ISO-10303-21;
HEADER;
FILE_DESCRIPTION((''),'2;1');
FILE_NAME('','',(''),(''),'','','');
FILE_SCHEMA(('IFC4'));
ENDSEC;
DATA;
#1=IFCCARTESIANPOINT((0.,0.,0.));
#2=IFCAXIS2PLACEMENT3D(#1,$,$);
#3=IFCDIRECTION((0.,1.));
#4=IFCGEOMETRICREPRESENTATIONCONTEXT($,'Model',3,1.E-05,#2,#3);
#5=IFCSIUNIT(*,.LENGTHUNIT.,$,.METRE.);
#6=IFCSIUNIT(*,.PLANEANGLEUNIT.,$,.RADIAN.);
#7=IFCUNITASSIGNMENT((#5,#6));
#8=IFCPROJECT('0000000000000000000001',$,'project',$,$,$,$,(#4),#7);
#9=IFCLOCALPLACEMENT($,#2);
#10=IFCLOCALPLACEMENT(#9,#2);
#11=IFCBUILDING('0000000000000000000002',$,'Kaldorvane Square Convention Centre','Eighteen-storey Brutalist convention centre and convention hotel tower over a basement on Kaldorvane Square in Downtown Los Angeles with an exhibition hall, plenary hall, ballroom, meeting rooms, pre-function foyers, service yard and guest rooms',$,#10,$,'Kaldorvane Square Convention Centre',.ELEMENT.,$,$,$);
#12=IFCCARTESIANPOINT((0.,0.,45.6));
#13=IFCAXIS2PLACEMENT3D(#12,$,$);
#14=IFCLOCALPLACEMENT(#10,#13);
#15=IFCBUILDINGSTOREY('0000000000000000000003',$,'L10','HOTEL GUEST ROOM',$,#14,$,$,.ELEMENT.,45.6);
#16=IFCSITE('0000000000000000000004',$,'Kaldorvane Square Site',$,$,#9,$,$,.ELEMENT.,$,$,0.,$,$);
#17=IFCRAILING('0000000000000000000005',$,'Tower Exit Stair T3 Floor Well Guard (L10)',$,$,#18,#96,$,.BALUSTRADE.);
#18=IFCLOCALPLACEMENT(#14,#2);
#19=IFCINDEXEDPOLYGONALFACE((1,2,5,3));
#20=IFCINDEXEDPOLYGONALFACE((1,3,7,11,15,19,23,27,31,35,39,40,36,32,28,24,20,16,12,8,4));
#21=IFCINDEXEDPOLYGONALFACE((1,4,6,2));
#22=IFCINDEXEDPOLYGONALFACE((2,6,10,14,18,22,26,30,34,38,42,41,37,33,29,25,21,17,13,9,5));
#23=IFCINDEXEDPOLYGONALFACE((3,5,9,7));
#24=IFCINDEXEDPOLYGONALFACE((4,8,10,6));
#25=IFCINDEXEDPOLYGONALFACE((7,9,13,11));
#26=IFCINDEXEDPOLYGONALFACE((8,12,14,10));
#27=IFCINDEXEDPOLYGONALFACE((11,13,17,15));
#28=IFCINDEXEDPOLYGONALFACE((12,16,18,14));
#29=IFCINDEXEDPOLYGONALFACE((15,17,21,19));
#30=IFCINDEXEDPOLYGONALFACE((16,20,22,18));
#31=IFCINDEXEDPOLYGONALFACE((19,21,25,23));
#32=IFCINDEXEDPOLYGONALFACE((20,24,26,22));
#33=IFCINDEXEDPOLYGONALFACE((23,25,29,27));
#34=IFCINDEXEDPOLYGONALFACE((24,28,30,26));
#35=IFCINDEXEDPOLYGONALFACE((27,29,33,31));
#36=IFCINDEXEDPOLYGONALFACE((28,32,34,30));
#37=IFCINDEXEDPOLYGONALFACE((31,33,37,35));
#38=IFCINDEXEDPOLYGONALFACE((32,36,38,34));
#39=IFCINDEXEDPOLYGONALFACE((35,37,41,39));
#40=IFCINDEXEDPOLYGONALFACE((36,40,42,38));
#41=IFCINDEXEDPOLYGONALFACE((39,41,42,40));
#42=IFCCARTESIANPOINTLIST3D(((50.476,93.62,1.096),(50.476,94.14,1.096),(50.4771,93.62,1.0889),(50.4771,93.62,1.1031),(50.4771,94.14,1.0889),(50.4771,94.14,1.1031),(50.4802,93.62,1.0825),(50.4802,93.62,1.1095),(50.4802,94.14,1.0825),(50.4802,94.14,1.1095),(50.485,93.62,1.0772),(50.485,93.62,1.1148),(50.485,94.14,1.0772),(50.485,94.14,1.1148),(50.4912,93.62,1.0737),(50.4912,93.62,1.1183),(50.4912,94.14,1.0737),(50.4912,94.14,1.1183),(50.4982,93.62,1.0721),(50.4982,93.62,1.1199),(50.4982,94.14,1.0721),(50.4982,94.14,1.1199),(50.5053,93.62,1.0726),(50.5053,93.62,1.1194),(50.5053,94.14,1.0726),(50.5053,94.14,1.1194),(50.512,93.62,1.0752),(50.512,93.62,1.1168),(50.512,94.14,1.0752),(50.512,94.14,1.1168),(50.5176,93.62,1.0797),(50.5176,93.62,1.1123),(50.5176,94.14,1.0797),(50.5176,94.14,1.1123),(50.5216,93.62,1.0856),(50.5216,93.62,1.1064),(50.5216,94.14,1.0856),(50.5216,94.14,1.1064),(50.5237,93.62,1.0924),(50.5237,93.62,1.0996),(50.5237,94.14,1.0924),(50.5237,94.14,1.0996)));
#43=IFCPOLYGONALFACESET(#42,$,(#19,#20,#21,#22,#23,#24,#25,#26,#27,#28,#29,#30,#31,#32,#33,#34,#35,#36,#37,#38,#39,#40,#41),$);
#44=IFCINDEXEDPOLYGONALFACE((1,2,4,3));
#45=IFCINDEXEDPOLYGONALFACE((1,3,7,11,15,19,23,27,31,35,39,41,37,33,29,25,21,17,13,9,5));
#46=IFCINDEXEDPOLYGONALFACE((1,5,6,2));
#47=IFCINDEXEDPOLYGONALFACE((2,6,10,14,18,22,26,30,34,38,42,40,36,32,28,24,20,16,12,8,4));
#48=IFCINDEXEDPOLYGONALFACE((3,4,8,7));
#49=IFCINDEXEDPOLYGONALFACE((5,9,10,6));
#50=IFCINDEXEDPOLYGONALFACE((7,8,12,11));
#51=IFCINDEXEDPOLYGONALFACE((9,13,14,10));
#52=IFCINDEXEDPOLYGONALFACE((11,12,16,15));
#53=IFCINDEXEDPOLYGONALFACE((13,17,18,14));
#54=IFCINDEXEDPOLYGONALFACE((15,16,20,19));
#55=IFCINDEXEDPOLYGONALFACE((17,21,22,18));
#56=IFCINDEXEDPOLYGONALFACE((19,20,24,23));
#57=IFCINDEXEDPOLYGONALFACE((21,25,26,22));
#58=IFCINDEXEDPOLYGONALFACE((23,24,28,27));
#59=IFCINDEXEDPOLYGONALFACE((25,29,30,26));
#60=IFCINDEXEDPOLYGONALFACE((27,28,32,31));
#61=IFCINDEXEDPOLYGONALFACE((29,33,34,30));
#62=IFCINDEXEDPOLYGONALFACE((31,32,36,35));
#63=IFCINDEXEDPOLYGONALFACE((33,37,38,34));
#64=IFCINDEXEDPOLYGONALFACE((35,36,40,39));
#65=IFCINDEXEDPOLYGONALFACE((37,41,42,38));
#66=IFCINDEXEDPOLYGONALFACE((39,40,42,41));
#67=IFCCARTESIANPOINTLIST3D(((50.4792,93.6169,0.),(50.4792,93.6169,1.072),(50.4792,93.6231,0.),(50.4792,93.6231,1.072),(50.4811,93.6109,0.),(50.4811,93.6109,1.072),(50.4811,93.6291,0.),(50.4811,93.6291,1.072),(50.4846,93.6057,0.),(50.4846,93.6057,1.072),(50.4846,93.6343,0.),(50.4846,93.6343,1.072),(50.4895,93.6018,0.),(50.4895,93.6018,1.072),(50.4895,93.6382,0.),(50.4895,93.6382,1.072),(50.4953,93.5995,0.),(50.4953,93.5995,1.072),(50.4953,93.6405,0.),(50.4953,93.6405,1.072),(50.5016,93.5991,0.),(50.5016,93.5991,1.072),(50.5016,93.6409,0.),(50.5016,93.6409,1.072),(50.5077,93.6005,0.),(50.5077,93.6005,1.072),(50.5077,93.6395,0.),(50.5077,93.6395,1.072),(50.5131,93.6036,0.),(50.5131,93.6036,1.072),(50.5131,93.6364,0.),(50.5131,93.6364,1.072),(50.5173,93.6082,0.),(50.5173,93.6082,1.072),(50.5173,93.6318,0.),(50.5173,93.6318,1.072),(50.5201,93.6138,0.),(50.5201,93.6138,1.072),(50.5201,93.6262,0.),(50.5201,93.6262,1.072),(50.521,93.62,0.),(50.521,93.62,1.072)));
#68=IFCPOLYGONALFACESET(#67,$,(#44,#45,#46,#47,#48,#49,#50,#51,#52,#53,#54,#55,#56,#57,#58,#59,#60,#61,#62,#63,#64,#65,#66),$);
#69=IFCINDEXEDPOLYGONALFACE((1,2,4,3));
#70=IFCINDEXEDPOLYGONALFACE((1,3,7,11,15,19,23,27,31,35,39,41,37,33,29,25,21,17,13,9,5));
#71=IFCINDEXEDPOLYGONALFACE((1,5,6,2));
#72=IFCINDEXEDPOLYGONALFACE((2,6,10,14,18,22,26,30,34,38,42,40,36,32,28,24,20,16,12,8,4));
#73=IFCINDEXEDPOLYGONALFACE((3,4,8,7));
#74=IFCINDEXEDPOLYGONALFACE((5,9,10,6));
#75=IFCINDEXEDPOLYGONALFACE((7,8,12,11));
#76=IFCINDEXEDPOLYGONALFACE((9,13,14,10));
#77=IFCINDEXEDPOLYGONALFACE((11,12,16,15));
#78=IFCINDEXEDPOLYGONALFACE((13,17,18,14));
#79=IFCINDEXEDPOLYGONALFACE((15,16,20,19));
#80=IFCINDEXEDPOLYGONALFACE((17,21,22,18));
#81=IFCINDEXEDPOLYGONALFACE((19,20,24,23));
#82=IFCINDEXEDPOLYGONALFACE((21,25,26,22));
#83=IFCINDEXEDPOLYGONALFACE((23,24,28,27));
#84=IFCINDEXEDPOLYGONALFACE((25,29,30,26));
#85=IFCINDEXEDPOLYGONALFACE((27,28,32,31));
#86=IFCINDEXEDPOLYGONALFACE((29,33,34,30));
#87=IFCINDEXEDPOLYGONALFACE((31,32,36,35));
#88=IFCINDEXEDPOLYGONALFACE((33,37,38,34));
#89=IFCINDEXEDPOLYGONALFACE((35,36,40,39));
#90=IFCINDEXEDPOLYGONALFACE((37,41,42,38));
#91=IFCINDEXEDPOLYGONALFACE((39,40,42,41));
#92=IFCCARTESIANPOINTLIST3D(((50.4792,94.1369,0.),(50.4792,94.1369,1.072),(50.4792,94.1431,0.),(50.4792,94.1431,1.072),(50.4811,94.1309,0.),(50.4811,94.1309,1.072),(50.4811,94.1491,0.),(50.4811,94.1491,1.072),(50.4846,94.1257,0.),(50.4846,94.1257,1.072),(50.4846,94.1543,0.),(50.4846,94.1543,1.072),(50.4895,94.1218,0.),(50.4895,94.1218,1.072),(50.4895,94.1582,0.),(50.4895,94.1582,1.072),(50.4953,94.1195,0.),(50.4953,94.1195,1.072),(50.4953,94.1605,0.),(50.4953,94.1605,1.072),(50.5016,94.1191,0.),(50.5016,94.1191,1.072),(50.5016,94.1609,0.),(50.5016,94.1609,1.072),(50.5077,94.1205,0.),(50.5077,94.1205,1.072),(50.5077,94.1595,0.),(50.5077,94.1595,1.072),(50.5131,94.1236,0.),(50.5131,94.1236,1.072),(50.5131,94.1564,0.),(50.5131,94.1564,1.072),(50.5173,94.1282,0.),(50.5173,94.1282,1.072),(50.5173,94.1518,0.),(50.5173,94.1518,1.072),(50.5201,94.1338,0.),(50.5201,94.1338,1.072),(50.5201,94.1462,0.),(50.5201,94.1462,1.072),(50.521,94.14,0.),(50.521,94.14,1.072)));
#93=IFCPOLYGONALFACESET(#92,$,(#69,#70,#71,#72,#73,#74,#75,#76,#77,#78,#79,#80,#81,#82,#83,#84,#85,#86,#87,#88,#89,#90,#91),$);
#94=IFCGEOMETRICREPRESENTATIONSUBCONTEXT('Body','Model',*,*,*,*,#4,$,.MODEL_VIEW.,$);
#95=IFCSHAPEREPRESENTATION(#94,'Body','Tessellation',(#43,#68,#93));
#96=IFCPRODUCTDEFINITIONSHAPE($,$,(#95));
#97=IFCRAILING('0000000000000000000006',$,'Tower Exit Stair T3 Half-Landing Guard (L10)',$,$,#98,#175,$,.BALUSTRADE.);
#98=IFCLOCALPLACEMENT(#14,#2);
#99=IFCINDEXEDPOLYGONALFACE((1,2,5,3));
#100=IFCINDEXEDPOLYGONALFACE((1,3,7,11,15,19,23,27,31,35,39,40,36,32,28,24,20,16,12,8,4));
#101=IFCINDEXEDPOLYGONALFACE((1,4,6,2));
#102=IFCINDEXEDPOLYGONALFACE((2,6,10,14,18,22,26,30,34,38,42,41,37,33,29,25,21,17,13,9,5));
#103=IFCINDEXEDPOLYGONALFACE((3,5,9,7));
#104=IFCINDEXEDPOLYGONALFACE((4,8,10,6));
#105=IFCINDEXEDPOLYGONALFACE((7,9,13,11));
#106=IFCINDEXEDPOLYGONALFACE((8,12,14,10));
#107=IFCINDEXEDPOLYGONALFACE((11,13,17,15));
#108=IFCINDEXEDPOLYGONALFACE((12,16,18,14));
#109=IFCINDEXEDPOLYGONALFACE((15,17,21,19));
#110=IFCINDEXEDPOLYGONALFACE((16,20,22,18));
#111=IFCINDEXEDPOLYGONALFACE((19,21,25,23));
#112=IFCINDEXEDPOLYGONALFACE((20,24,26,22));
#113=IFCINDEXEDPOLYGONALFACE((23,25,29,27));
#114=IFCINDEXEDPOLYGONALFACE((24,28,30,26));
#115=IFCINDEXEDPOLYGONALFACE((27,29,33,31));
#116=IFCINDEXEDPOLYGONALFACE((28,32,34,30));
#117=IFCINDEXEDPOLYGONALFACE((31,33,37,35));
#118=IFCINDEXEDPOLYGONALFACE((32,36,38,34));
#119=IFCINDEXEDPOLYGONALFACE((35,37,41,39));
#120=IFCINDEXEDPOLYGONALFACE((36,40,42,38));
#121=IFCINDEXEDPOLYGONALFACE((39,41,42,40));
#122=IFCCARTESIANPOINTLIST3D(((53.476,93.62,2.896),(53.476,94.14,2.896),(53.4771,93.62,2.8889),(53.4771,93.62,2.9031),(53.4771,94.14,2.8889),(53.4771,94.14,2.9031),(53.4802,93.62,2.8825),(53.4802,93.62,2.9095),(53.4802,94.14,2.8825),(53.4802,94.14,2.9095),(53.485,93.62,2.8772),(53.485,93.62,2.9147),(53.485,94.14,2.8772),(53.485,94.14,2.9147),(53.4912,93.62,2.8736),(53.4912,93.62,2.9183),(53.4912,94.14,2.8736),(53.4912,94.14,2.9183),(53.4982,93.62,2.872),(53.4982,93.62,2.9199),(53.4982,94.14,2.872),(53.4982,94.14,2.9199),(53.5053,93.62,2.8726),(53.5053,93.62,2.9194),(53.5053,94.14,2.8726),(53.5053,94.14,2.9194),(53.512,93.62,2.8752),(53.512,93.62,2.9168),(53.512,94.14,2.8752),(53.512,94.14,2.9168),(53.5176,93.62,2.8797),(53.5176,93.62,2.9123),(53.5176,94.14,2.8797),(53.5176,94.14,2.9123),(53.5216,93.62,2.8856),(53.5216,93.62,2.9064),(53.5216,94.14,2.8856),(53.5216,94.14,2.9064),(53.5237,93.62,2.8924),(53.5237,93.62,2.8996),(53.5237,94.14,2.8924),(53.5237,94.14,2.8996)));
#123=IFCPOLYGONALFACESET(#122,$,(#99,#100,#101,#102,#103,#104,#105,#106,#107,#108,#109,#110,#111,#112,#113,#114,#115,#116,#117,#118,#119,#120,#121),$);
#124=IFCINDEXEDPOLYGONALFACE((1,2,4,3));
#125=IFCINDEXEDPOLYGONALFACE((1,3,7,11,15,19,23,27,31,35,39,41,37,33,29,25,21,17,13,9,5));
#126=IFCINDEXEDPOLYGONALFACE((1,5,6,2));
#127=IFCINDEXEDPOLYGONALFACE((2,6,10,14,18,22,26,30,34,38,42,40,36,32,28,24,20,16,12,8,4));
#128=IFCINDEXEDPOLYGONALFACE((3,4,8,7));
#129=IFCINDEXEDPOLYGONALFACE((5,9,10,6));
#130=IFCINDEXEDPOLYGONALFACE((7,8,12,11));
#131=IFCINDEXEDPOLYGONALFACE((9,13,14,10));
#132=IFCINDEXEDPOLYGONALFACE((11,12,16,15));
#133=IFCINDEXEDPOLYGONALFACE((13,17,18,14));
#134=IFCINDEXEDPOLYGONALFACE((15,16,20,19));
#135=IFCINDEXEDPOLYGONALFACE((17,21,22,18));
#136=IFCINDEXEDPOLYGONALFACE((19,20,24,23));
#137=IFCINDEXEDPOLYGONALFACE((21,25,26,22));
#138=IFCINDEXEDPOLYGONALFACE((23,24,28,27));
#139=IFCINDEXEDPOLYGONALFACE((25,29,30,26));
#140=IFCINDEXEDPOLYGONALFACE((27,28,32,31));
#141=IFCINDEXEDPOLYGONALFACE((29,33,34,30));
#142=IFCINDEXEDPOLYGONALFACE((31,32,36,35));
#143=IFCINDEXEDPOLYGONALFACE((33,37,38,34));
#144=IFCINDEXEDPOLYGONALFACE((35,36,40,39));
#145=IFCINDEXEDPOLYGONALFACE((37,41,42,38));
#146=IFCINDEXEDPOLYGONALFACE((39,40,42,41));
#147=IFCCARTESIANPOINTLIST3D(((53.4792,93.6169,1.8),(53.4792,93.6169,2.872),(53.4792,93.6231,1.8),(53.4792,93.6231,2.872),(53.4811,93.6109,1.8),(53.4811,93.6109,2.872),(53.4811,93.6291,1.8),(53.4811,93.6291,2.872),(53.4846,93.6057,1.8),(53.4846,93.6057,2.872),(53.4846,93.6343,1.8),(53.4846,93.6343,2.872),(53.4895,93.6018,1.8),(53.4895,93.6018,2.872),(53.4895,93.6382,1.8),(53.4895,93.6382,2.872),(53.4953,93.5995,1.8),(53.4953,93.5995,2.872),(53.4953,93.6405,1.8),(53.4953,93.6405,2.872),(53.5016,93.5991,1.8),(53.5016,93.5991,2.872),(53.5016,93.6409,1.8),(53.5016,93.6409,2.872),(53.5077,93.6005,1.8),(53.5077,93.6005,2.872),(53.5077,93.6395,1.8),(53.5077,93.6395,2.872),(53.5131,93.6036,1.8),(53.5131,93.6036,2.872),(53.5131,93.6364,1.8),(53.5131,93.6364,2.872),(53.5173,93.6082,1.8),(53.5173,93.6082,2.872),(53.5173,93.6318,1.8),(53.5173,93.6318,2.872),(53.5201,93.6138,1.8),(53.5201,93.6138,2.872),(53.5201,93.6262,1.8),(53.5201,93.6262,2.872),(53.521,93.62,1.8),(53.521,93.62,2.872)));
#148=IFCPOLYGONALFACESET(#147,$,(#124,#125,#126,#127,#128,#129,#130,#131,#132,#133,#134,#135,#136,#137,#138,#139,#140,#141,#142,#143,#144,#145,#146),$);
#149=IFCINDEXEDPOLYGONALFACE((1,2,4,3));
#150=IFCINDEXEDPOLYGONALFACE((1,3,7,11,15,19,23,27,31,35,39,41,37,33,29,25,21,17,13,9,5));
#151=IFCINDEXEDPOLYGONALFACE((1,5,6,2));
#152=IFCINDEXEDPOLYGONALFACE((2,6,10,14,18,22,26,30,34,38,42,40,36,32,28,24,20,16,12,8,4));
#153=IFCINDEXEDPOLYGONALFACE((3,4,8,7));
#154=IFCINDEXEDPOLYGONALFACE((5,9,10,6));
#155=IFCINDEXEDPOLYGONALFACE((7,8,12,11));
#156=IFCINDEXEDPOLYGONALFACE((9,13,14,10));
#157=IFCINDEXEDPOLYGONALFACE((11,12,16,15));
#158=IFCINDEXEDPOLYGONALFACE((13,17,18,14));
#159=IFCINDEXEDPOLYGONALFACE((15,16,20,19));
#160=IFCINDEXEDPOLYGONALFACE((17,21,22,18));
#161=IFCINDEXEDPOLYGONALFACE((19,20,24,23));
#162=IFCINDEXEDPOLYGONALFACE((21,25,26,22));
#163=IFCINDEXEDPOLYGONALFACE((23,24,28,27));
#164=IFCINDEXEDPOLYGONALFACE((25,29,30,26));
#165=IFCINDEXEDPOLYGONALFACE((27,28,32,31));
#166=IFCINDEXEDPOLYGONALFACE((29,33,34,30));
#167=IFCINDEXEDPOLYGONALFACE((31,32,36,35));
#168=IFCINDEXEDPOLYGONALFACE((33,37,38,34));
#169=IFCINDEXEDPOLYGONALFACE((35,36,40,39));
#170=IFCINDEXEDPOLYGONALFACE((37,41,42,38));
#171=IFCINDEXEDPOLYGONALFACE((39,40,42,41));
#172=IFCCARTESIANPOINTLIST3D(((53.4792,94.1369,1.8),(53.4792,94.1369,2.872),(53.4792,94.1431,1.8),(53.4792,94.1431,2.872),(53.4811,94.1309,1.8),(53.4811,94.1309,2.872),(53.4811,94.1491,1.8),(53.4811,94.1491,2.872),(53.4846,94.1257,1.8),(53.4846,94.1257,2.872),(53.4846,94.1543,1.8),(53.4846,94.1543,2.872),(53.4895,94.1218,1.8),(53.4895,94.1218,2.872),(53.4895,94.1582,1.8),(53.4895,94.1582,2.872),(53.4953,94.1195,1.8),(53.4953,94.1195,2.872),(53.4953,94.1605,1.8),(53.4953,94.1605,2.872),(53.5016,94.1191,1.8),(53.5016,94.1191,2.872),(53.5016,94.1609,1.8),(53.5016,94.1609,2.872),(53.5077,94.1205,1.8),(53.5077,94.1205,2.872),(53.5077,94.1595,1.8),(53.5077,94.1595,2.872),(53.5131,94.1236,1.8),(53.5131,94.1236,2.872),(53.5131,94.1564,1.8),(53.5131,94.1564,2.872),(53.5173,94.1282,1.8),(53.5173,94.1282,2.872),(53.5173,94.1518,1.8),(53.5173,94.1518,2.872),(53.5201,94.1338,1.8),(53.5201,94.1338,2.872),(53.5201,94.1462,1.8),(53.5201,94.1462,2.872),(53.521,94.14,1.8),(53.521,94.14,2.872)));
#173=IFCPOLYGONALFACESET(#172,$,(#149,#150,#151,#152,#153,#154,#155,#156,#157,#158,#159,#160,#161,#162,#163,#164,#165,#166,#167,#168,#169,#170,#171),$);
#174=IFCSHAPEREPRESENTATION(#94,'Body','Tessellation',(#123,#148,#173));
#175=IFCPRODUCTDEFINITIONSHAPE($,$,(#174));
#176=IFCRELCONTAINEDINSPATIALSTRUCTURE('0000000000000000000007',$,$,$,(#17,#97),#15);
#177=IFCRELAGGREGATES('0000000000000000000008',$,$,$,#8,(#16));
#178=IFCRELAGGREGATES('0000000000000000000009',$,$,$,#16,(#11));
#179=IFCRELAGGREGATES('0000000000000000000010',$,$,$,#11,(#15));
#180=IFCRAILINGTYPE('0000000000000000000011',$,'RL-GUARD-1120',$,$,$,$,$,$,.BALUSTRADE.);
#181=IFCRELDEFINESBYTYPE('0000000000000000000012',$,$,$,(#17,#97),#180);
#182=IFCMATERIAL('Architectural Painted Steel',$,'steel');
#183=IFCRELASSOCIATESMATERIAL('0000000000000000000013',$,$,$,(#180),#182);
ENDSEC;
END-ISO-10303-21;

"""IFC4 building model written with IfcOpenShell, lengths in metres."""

from ifc_helpers import new_model, si_unit, direction, frame, origin, origin_2d, place, context, subcontext, project, spatial, circle, extrude, material, type_object, element, save


model = new_model("IFC4")

# Units and contexts
model_context = context("Model", 3, precision=1e-05, world=origin(), true_north=direction((0.0, 1.0)))
body_context = subcontext(model_context, "Body", "Model", "MODEL_VIEW")
ifc_project = project(units=[si_unit("LENGTHUNIT", "METRE"), si_unit("PLANEANGLEUNIT", "RADIAN")], contexts=[model_context])

# Site, building, storey
site_placement = place(None, origin())
site = spatial("IfcSite", under=ifc_project, at=site_placement, Name="Kaldorvane Square Site", CompositionType="ELEMENT", RefElevation=0.0)
building_placement = place(site_placement, origin())
building = spatial("IfcBuilding", under=site, at=building_placement, Name="Kaldorvane Square Convention Centre", Description="Eighteen-storey Brutalist convention centre and convention hotel tower over a basement on Kaldorvane Square in Downtown Los Angeles with an exhibition hall, plenary hall, ballroom, meeting rooms, pre-function foyers, service yard and guest rooms", LongName="Kaldorvane Square Convention Centre", CompositionType="ELEMENT")
storey_placement = place(building_placement, frame((0.0, 0.0, 45.6)))
storey = spatial("IfcBuildingStorey", under=building, at=storey_placement, Name="L10", Description="HOTEL GUEST ROOM", CompositionType="ELEMENT", Elevation=45.6)

# Railings
ifc_material_1 = material(Name="Architectural Painted Steel", Category="steel")
railing_type_1 = type_object("IfcRailingType", Name="RL-GUARD-1120", PredefinedType="BALUSTRADE", material=ifc_material_1)
for number, where, name in (
    (1, (50.5, 93.62, 0.0), "Tower Exit Stair T3 Floor Well Guard (L10)"),
    (2, (53.5, 93.62, 1.8), "Tower Exit Stair T3 Half-Landing Guard (L10)"),
):
    element("IfcRailing", number, at=place(storey_placement, frame(where)), inside=storey, type_object=railing_type_1, Name=name, PredefinedType="BALUSTRADE", context=body_context, shape_type="SweptSolid", body=[
        extrude(circle(Radius=0.024, at=origin_2d()), frame((0.0, 0.0, 1.096), z_axis=(0.0, 1.0, 0.0), x_axis=(-1.0, 0.0, 0.0)), (0.0, 0.0, 1.0), 0.52),
        extrude(circle(Radius=0.021, at=origin_2d()), origin(), (0.0, 0.0, 1.0), 1.072),
        extrude(circle(Radius=0.021, at=origin_2d()), frame((0.0, 0.52, 0.0)), (0.0, 0.0, 1.0), 1.072),
    ])

save(model, "model.ifc")
